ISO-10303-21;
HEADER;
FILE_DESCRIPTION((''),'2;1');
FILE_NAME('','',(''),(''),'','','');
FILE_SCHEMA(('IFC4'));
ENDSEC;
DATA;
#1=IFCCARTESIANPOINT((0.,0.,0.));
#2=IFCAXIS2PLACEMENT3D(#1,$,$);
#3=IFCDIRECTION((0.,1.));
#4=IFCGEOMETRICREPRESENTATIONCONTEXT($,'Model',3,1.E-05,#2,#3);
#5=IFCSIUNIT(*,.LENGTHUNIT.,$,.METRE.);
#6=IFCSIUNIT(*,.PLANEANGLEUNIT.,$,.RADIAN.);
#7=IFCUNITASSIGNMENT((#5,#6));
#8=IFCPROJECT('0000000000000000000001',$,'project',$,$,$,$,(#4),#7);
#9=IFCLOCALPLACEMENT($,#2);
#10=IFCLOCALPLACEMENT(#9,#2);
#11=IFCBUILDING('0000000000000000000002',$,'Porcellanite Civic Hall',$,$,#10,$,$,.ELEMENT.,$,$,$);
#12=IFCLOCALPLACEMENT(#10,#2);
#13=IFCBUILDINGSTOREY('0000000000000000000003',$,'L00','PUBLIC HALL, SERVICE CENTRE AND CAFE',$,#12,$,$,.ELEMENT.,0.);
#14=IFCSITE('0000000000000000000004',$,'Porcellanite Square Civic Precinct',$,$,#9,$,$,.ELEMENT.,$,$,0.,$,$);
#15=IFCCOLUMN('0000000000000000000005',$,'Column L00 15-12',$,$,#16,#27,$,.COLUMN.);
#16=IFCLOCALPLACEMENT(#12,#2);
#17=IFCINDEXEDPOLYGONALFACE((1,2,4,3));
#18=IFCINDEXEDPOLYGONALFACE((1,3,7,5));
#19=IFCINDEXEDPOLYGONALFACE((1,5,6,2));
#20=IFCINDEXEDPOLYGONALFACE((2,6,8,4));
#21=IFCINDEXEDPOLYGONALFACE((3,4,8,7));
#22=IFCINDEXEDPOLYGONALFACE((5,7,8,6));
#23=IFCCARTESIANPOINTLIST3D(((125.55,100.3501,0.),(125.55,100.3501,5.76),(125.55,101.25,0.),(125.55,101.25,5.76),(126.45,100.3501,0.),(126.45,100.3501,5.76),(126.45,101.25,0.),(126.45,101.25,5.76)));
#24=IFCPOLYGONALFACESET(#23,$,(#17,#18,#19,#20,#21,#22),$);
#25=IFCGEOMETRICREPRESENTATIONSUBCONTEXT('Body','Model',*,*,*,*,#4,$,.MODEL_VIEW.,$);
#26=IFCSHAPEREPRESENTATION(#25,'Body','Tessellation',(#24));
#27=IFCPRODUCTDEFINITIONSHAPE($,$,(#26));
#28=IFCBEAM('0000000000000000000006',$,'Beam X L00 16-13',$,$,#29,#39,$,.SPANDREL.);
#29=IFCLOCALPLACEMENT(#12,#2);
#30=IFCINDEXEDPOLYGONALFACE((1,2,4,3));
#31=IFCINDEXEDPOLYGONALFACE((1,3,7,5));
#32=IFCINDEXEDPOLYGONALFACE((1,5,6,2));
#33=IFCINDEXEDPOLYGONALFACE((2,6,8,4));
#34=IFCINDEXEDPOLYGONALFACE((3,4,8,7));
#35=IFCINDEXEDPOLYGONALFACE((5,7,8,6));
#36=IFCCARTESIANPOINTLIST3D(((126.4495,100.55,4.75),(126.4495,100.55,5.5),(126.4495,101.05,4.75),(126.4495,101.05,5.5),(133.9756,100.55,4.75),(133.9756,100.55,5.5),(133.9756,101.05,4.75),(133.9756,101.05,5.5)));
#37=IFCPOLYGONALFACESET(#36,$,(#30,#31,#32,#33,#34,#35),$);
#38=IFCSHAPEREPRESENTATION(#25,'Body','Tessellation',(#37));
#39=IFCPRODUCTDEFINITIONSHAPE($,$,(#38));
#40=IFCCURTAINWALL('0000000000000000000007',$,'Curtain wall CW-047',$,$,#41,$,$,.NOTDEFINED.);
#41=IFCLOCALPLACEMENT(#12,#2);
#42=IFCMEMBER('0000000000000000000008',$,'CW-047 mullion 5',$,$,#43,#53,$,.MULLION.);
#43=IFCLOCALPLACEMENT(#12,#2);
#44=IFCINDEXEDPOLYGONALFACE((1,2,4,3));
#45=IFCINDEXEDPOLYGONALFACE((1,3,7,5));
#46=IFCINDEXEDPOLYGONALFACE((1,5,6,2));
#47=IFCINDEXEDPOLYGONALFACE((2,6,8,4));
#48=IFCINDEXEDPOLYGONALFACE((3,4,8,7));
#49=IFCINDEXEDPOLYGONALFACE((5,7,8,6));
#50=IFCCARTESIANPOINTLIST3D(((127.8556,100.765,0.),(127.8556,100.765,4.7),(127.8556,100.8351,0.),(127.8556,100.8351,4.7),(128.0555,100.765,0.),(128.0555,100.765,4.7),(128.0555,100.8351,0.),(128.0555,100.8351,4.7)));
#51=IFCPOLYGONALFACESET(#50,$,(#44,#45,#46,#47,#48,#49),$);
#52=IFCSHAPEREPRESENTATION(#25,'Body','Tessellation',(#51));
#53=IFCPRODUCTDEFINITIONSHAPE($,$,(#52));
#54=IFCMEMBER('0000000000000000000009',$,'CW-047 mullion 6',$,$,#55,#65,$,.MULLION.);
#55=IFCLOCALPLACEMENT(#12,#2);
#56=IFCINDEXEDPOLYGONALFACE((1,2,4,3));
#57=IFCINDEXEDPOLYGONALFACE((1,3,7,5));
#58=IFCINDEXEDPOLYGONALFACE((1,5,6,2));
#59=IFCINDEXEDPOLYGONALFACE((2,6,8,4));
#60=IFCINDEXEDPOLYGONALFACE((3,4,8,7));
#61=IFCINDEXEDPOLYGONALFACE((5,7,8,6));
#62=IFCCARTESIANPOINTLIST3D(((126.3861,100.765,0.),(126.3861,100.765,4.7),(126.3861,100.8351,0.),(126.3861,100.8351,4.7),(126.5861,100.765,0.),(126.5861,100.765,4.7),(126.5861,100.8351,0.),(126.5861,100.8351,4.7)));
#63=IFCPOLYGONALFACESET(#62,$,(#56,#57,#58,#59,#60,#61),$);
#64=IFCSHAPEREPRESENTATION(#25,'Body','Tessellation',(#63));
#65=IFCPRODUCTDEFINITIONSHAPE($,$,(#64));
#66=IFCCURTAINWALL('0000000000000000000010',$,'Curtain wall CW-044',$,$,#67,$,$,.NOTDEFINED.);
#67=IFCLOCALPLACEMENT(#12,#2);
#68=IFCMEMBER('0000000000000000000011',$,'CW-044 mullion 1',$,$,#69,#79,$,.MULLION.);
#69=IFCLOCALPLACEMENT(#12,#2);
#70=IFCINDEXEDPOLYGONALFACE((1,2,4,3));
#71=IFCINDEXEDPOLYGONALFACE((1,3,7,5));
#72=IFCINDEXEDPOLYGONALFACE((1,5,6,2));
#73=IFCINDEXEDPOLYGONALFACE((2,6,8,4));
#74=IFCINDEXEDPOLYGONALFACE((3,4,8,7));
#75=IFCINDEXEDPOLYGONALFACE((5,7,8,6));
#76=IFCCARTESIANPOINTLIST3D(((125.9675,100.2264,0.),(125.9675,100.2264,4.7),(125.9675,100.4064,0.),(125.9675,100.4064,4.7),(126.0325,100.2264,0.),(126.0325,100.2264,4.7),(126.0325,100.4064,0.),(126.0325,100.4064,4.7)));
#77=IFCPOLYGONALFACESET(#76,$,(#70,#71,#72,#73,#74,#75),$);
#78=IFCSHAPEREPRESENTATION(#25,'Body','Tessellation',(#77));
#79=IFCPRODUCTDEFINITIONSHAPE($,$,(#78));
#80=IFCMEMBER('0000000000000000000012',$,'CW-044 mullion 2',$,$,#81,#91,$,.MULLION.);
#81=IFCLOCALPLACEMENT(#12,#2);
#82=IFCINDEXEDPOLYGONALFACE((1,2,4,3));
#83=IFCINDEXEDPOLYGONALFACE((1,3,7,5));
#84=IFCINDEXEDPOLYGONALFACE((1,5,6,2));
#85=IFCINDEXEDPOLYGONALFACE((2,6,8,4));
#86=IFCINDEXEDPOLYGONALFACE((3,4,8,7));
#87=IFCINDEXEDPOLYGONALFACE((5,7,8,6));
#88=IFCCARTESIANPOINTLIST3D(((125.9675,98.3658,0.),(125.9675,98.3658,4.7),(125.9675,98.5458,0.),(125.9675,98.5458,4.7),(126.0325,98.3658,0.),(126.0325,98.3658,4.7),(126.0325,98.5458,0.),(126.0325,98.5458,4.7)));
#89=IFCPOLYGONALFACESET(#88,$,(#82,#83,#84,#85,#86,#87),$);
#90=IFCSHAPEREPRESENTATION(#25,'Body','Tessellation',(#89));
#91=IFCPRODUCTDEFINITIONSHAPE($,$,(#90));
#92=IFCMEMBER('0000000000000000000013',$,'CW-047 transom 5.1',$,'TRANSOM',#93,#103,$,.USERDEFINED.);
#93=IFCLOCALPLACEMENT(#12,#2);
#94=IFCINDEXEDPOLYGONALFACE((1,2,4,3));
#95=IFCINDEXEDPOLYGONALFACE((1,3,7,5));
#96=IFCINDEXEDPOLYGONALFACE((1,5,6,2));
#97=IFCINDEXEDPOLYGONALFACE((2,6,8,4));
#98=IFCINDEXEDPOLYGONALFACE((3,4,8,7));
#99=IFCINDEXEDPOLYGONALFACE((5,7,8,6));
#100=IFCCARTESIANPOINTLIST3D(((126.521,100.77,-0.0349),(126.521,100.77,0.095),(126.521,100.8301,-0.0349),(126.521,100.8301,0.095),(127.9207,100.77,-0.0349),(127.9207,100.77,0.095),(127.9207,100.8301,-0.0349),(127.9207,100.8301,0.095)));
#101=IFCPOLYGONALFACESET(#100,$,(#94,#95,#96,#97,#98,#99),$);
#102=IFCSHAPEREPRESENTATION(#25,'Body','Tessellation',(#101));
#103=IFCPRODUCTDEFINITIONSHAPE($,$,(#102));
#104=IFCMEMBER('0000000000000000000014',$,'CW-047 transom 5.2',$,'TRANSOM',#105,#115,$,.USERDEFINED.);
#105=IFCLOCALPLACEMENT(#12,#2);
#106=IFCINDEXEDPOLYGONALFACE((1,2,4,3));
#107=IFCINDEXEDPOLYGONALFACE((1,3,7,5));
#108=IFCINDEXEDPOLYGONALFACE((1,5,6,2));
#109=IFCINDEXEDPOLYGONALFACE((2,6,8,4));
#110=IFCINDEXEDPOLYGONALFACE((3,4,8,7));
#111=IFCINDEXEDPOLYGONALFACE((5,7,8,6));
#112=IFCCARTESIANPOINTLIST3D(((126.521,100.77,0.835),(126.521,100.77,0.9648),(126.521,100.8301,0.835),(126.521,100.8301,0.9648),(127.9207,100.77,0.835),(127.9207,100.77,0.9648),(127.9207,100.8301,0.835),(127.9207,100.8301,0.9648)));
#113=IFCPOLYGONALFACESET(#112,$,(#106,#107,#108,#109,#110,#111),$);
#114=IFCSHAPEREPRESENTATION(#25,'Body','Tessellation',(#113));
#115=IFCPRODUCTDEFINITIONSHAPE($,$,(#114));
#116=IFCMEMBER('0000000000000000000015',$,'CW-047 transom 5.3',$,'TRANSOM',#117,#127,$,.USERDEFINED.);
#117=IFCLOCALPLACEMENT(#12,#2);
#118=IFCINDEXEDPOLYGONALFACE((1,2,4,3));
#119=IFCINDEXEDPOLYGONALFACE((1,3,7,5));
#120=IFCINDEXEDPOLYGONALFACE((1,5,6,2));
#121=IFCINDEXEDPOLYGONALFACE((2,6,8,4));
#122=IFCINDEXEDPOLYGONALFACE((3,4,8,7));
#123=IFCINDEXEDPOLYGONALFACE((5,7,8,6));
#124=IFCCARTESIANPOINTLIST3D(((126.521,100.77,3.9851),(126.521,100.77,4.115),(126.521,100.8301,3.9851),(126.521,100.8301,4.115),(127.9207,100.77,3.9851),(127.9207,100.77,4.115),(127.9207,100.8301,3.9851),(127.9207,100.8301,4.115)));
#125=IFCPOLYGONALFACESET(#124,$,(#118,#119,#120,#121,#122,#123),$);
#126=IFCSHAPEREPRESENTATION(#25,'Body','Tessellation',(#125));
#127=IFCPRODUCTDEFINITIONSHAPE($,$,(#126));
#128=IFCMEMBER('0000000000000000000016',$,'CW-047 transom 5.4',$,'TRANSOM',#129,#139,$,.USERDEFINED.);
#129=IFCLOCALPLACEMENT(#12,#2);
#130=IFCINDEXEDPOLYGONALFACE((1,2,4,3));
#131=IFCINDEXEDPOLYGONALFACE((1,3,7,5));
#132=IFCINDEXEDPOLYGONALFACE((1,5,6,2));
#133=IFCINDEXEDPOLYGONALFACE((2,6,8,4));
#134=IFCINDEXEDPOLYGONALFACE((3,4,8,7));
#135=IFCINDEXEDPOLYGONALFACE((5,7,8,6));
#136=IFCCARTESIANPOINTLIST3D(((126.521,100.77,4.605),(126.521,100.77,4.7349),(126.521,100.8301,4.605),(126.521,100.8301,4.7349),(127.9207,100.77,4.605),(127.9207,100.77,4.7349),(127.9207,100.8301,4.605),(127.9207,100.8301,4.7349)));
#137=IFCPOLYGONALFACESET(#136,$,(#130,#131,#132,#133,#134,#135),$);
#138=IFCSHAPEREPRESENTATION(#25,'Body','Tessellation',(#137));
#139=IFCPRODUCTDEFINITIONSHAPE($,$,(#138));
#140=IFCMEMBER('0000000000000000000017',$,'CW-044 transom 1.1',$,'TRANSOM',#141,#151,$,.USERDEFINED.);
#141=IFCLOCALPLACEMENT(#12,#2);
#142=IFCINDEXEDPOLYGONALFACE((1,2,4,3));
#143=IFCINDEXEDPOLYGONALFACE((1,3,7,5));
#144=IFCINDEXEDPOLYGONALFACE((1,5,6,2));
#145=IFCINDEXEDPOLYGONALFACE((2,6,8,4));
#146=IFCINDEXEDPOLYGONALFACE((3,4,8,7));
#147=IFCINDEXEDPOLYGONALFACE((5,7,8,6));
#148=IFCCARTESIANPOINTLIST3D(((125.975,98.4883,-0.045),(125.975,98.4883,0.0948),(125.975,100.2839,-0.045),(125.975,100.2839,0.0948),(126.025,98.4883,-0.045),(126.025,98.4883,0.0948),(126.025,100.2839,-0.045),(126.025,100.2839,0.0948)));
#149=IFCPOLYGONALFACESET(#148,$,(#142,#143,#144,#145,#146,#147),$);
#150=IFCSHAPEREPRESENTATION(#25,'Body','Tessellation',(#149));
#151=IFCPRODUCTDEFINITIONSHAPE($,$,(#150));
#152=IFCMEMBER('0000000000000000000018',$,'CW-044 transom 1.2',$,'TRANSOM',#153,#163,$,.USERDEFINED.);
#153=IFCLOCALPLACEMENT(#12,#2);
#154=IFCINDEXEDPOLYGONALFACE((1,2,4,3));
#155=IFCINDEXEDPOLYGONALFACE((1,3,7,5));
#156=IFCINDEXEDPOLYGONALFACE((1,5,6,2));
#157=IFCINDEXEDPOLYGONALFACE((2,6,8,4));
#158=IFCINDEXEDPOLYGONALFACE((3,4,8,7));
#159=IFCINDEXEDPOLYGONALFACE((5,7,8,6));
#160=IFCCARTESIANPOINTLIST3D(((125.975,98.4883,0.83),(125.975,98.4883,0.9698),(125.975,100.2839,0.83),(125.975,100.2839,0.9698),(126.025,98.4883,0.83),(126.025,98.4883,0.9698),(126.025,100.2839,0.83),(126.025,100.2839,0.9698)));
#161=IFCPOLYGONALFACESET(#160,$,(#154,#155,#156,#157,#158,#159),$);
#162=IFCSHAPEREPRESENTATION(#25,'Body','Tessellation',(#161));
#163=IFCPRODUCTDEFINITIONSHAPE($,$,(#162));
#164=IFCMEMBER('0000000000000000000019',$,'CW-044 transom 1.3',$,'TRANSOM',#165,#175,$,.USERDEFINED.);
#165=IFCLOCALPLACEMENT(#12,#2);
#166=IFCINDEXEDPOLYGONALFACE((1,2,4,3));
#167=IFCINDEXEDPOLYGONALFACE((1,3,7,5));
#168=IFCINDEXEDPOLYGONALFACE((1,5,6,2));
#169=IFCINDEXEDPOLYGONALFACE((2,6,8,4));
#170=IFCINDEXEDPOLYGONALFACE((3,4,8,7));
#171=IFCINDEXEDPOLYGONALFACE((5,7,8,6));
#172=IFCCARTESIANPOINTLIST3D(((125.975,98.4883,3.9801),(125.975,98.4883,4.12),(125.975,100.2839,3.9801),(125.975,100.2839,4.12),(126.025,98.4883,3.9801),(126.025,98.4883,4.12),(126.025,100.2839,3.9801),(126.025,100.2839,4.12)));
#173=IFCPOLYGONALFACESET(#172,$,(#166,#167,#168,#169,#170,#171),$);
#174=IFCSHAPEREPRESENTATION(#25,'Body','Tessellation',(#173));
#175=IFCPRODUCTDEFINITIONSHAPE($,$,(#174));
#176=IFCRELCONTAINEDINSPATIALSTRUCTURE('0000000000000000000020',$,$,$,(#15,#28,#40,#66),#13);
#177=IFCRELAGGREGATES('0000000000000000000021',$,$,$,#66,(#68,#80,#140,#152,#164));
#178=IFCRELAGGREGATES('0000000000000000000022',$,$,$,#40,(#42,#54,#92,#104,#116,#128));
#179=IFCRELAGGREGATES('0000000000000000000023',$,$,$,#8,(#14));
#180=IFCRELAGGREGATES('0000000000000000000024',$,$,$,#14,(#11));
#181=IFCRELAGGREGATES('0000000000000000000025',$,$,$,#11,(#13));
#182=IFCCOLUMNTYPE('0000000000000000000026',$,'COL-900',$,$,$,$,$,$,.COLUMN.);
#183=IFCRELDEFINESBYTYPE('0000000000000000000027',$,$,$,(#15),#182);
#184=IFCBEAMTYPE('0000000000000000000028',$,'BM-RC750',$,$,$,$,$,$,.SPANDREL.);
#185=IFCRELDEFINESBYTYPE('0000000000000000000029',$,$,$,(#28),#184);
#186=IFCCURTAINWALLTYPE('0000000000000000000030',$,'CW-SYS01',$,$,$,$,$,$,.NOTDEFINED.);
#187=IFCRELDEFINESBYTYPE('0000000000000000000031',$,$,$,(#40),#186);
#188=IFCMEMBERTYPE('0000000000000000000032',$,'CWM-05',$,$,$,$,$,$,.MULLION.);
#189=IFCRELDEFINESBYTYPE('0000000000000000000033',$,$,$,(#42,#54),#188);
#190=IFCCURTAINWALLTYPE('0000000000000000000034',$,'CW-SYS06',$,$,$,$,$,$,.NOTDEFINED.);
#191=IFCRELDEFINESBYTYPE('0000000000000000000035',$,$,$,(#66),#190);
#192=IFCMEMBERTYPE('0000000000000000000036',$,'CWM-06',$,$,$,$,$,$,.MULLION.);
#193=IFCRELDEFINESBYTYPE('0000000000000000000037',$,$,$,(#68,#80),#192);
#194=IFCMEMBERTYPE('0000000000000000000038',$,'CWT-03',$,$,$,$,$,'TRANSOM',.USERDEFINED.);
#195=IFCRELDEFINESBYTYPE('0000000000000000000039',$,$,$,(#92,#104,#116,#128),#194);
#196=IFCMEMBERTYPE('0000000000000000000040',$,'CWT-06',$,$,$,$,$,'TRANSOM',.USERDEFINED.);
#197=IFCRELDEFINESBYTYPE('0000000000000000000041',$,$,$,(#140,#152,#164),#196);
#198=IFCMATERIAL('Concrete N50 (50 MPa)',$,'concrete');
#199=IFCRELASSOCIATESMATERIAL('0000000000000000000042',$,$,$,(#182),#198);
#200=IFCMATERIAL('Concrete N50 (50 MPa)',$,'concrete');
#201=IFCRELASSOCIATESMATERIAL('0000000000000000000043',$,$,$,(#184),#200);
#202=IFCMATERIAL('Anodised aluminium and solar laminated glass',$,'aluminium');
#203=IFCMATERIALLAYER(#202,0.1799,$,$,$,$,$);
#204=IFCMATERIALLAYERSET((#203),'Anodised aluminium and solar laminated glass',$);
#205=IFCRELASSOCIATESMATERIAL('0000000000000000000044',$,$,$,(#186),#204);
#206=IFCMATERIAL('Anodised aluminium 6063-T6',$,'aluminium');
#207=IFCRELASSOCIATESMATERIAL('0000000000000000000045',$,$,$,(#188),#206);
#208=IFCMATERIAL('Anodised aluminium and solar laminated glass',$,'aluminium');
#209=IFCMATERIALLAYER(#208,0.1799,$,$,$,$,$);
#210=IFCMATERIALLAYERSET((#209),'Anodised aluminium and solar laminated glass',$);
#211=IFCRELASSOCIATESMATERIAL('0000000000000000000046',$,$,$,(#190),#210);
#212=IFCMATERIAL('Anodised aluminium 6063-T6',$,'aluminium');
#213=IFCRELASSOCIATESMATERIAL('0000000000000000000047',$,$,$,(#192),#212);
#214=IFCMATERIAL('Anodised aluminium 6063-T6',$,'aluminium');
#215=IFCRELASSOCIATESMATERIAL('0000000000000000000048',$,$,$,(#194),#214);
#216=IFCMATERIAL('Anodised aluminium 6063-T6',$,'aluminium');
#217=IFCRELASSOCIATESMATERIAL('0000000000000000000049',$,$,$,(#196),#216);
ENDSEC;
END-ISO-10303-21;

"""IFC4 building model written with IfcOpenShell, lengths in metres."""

from ifc_helpers import new_model, si_unit, direction, frame, origin, origin_2d, place, context, subcontext, project, spatial, rectangle, extrude, material, layer, layer_set, material_profile, profile_set, type_object, element, aggregate, save


model = new_model("IFC4")

# Units and contexts
model_context = context("Model", 3, precision=1e-05, world=origin(), true_north=direction((0.0, 1.0)))
body_context = subcontext(model_context, "Body", "Model", "MODEL_VIEW")
ifc_project = project(units=[si_unit("LENGTHUNIT", "METRE"), si_unit("PLANEANGLEUNIT", "RADIAN")], contexts=[model_context])

# Site, building, storey
site_placement = place(None, origin())
site = spatial("IfcSite", under=ifc_project, at=site_placement, Name="Porcellanite Square Civic Precinct", CompositionType="ELEMENT", RefElevation=0.0)
building_placement = place(site_placement, origin())
building = spatial("IfcBuilding", under=site, at=building_placement, Name="Porcellanite Civic Hall", CompositionType="ELEMENT")
storey_placement = place(building_placement, origin())
storey = spatial("IfcBuildingStorey", under=building, at=storey_placement, Name="L00", Description="PUBLIC HALL, SERVICE CENTRE AND CAFE", CompositionType="ELEMENT", Elevation=0.0)

# Column
ifc_material_1 = material(Name="Concrete N50 (50 MPa)", Category="concrete")
ifc_material_profile_1 = material_profile(ifc_material_1, rectangle(XDim=0.8999, YDim=0.8999, at=origin_2d()), Name="RC-900x900")
ifc_profile_set_1 = profile_set([ifc_material_profile_1], Name="Concrete N50 (50 MPa)")
column_type = type_object("IfcColumnType", Name="COL-900", PredefinedType="COLUMN", material=ifc_profile_set_1)
column_placement = place(storey_placement, frame((126.0, 100.8, 0.0), z_axis=(0.0, 0.0, 1.0), x_axis=(1.0, 0.0, 0.0)))
element("IfcColumn", 1, at=column_placement, inside=storey, type_object=column_type, Name="Column L00 15-12", PredefinedType="COLUMN", context=body_context, shape_type="SweptSolid", body=[
    extrude(rectangle(XDim=0.8999, YDim=0.8999, at=origin_2d()), origin(), (0.0, 0.0, 1.0), 5.76),
])

# Beam
ifc_material_2 = material(Name="Concrete N50 (50 MPa)", Category="concrete")
ifc_material_profile_2 = material_profile(ifc_material_2, rectangle(XDim=0.5, YDim=0.75, at=origin_2d()), Name="RC-500x750")
ifc_profile_set_2 = profile_set([ifc_material_profile_2], Name="Concrete N50 (50 MPa)")
beam_type = type_object("IfcBeamType", Name="BM-RC750", PredefinedType="SPANDREL", material=ifc_profile_set_2)
beam_placement = place(storey_placement, frame((126.4495, 100.8, 5.125), z_axis=(1.0, 0.0, 0.0), x_axis=(0.0, 1.0, 0.0)))
element("IfcBeam", 2, at=beam_placement, inside=storey, type_object=beam_type, Name="Beam X L00 16-13", PredefinedType="SPANDREL", context=body_context, shape_type="SweptSolid", body=[
    extrude(rectangle(XDim=0.5, YDim=0.75, at=origin_2d()), origin(), (0.0, 0.0, 1.0), 7.5261),
])

# Curtain walls, members
ifc_material_3 = material(Name="Anodised aluminium and solar laminated glass", Category="aluminium")
ifc_layer_1 = layer(ifc_material_3, 0.1799)
ifc_layer_set_1 = layer_set([ifc_layer_1], Name="Anodised aluminium and solar laminated glass")
curtain_wall_type_1 = type_object("IfcCurtainWallType", Name="CW-SYS01", PredefinedType="NOTDEFINED", material=ifc_layer_set_1)
curtain_wall_1_placement = place(storey_placement, origin())
curtain_wall_1 = element("IfcCurtainWall", 3, at=curtain_wall_1_placement, inside=storey, type_object=curtain_wall_type_1, Name="Curtain wall CW-047", PredefinedType="NOTDEFINED")
ifc_material_4 = material(Name="Anodised aluminium 6063-T6", Category="aluminium")
ifc_material_profile_3 = material_profile(ifc_material_4, rectangle(XDim=0.0701, YDim=0.2, at=origin_2d()), Name="AL-70x200")
ifc_profile_set_3 = profile_set([ifc_material_profile_3], Name="Anodised aluminium 6063-T6")
member_type_1 = type_object("IfcMemberType", Name="CWM-05", PredefinedType="MULLION", material=ifc_profile_set_3)
member_1_placement = place(storey_placement, frame((127.9556, 100.8, 0.0), z_axis=(0.0, 0.0, 1.0), x_axis=(0.0, -1.0, 0.0)))
member_1 = element("IfcMember", 4, at=member_1_placement, type_object=member_type_1, Name="CW-047 mullion 5", PredefinedType="MULLION", context=body_context, shape_type="SweptSolid", body=[
    extrude(rectangle(XDim=0.0701, YDim=0.2, at=origin_2d()), origin(), (0.0, 0.0, 1.0), 4.7),
])
member_2_placement = place(storey_placement, frame((126.4861, 100.8, 0.0), z_axis=(0.0, 0.0, 1.0), x_axis=(0.0, -1.0, 0.0)))
member_2 = element("IfcMember", 5, at=member_2_placement, type_object=member_type_1, Name="CW-047 mullion 6", PredefinedType="MULLION", context=body_context, shape_type="SweptSolid", body=[
    extrude(rectangle(XDim=0.0701, YDim=0.2, at=origin_2d()), origin(), (0.0, 0.0, 1.0), 4.7),
])
ifc_material_5 = material(Name="Anodised aluminium and solar laminated glass", Category="aluminium")
ifc_layer_2 = layer(ifc_material_5, 0.1799)
ifc_layer_set_2 = layer_set([ifc_layer_2], Name="Anodised aluminium and solar laminated glass")
curtain_wall_type_2 = type_object("IfcCurtainWallType", Name="CW-SYS06", PredefinedType="NOTDEFINED", material=ifc_layer_set_2)
curtain_wall_2_placement = place(storey_placement, origin())
curtain_wall_2 = element("IfcCurtainWall", 6, at=curtain_wall_2_placement, inside=storey, type_object=curtain_wall_type_2, Name="Curtain wall CW-044", PredefinedType="NOTDEFINED")
ifc_material_6 = material(Name="Anodised aluminium 6063-T6", Category="aluminium")
ifc_material_profile_4 = material_profile(ifc_material_6, rectangle(XDim=0.0649, YDim=0.1799, at=origin_2d()), Name="AL-65x180")
ifc_profile_set_4 = profile_set([ifc_material_profile_4], Name="Anodised aluminium 6063-T6")
member_type_2 = type_object("IfcMemberType", Name="CWM-06", PredefinedType="MULLION", material=ifc_profile_set_4)
member_3_placement = place(storey_placement, frame((126.0, 100.3164, 0.0), z_axis=(0.0, 0.0, 1.0), x_axis=(1.0, 0.0, 0.0)))
member_3 = element("IfcMember", 7, at=member_3_placement, type_object=member_type_2, Name="CW-044 mullion 1", PredefinedType="MULLION", context=body_context, shape_type="SweptSolid", body=[
    extrude(rectangle(XDim=0.0649, YDim=0.1799, at=origin_2d()), origin(), (0.0, 0.0, 1.0), 4.7),
])
member_4_placement = place(storey_placement, frame((126.0, 98.4558, 0.0), z_axis=(0.0, 0.0, 1.0), x_axis=(1.0, 0.0, 0.0)))
member_4 = element("IfcMember", 8, at=member_4_placement, type_object=member_type_2, Name="CW-044 mullion 2", PredefinedType="MULLION", context=body_context, shape_type="SweptSolid", body=[
    extrude(rectangle(XDim=0.0649, YDim=0.1799, at=origin_2d()), origin(), (0.0, 0.0, 1.0), 4.7),
])

# Members
ifc_material_7 = material(Name="Anodised aluminium 6063-T6", Category="aluminium")
ifc_material_profile_5 = material_profile(ifc_material_7, rectangle(XDim=0.0601, YDim=0.1299, at=origin_2d()), Name="AL-60x130")
ifc_profile_set_5 = profile_set([ifc_material_profile_5], Name="Anodised aluminium 6063-T6")
member_type_3 = type_object("IfcMemberType", Name="CWT-03", ElementType="TRANSOM", PredefinedType="USERDEFINED", material=ifc_profile_set_5)
member_5_placement = place(storey_placement, frame((127.9207, 100.8, 0.03), z_axis=(-1.0, 0.0, 0.0), x_axis=(0.0, -1.0, 0.0)))
member_5 = element("IfcMember", 9, at=member_5_placement, type_object=member_type_3, Name="CW-047 transom 5.1", ObjectType="TRANSOM", PredefinedType="USERDEFINED", context=body_context, shape_type="SweptSolid", body=[
    extrude(rectangle(XDim=0.0601, YDim=0.1299, at=origin_2d()), origin(), (0.0, 0.0, 1.0), 1.3997),
])
member_6_placement = place(storey_placement, frame((127.9207, 100.8, 0.8999), z_axis=(-1.0, 0.0, 0.0), x_axis=(0.0, -1.0, 0.0)))
member_6 = element("IfcMember", 10, at=member_6_placement, type_object=member_type_3, Name="CW-047 transom 5.2", ObjectType="TRANSOM", PredefinedType="USERDEFINED", context=body_context, shape_type="SweptSolid", body=[
    extrude(rectangle(XDim=0.0601, YDim=0.1299, at=origin_2d()), origin(), (0.0, 0.0, 1.0), 1.3997),
])
member_7_placement = place(storey_placement, frame((127.9207, 100.8, 4.05), z_axis=(-1.0, 0.0, 0.0), x_axis=(0.0, -1.0, 0.0)))
member_7 = element("IfcMember", 11, at=member_7_placement, type_object=member_type_3, Name="CW-047 transom 5.3", ObjectType="TRANSOM", PredefinedType="USERDEFINED", context=body_context, shape_type="SweptSolid", body=[
    extrude(rectangle(XDim=0.0601, YDim=0.1299, at=origin_2d()), origin(), (0.0, 0.0, 1.0), 1.3997),
])
member_8_placement = place(storey_placement, frame((127.9207, 100.8, 4.6699), z_axis=(-1.0, 0.0, 0.0), x_axis=(0.0, -1.0, 0.0)))
member_8 = element("IfcMember", 12, at=member_8_placement, type_object=member_type_3, Name="CW-047 transom 5.4", ObjectType="TRANSOM", PredefinedType="USERDEFINED", context=body_context, shape_type="SweptSolid", body=[
    extrude(rectangle(XDim=0.0601, YDim=0.1299, at=origin_2d()), origin(), (0.0, 0.0, 1.0), 1.3997),
])
ifc_material_8 = material(Name="Anodised aluminium 6063-T6", Category="aluminium")
ifc_material_profile_6 = material_profile(ifc_material_8, rectangle(XDim=0.05, YDim=0.1399, at=origin_2d()), Name="AL-50x140")
ifc_profile_set_6 = profile_set([ifc_material_profile_6], Name="Anodised aluminium 6063-T6")
member_type_4 = type_object("IfcMemberType", Name="CWT-06", ElementType="TRANSOM", PredefinedType="USERDEFINED", material=ifc_profile_set_6)
member_9_placement = place(storey_placement, frame((126.0, 100.2839, 0.0249), z_axis=(0.0, -1.0, 0.0), x_axis=(1.0, 0.0, 0.0)))
member_9 = element("IfcMember", 13, at=member_9_placement, type_object=member_type_4, Name="CW-044 transom 1.1", ObjectType="TRANSOM", PredefinedType="USERDEFINED", context=body_context, shape_type="SweptSolid", body=[
    extrude(rectangle(XDim=0.05, YDim=0.1399, at=origin_2d()), origin(), (0.0, 0.0, 1.0), 1.7957),
])
member_10_placement = place(storey_placement, frame((126.0, 100.2839, 0.8999), z_axis=(0.0, -1.0, 0.0), x_axis=(1.0, 0.0, 0.0)))
member_10 = element("IfcMember", 14, at=member_10_placement, type_object=member_type_4, Name="CW-044 transom 1.2", ObjectType="TRANSOM", PredefinedType="USERDEFINED", context=body_context, shape_type="SweptSolid", body=[
    extrude(rectangle(XDim=0.05, YDim=0.1399, at=origin_2d()), origin(), (0.0, 0.0, 1.0), 1.7957),
])
member_11_placement = place(storey_placement, frame((126.0, 100.2839, 4.05), z_axis=(0.0, -1.0, 0.0), x_axis=(1.0, 0.0, 0.0)))
member_11 = element("IfcMember", 15, at=member_11_placement, type_object=member_type_4, Name="CW-044 transom 1.3", ObjectType="TRANSOM", PredefinedType="USERDEFINED", context=body_context, shape_type="SweptSolid", body=[
    extrude(rectangle(XDim=0.05, YDim=0.1399, at=origin_2d()), origin(), (0.0, 0.0, 1.0), 1.7957),
])

aggregate(curtain_wall_2, [member_3, member_4, member_9, member_10, member_11])
aggregate(curtain_wall_1, [member_1, member_2, member_5, member_6, member_7, member_8])

save(model, "model.ifc")
